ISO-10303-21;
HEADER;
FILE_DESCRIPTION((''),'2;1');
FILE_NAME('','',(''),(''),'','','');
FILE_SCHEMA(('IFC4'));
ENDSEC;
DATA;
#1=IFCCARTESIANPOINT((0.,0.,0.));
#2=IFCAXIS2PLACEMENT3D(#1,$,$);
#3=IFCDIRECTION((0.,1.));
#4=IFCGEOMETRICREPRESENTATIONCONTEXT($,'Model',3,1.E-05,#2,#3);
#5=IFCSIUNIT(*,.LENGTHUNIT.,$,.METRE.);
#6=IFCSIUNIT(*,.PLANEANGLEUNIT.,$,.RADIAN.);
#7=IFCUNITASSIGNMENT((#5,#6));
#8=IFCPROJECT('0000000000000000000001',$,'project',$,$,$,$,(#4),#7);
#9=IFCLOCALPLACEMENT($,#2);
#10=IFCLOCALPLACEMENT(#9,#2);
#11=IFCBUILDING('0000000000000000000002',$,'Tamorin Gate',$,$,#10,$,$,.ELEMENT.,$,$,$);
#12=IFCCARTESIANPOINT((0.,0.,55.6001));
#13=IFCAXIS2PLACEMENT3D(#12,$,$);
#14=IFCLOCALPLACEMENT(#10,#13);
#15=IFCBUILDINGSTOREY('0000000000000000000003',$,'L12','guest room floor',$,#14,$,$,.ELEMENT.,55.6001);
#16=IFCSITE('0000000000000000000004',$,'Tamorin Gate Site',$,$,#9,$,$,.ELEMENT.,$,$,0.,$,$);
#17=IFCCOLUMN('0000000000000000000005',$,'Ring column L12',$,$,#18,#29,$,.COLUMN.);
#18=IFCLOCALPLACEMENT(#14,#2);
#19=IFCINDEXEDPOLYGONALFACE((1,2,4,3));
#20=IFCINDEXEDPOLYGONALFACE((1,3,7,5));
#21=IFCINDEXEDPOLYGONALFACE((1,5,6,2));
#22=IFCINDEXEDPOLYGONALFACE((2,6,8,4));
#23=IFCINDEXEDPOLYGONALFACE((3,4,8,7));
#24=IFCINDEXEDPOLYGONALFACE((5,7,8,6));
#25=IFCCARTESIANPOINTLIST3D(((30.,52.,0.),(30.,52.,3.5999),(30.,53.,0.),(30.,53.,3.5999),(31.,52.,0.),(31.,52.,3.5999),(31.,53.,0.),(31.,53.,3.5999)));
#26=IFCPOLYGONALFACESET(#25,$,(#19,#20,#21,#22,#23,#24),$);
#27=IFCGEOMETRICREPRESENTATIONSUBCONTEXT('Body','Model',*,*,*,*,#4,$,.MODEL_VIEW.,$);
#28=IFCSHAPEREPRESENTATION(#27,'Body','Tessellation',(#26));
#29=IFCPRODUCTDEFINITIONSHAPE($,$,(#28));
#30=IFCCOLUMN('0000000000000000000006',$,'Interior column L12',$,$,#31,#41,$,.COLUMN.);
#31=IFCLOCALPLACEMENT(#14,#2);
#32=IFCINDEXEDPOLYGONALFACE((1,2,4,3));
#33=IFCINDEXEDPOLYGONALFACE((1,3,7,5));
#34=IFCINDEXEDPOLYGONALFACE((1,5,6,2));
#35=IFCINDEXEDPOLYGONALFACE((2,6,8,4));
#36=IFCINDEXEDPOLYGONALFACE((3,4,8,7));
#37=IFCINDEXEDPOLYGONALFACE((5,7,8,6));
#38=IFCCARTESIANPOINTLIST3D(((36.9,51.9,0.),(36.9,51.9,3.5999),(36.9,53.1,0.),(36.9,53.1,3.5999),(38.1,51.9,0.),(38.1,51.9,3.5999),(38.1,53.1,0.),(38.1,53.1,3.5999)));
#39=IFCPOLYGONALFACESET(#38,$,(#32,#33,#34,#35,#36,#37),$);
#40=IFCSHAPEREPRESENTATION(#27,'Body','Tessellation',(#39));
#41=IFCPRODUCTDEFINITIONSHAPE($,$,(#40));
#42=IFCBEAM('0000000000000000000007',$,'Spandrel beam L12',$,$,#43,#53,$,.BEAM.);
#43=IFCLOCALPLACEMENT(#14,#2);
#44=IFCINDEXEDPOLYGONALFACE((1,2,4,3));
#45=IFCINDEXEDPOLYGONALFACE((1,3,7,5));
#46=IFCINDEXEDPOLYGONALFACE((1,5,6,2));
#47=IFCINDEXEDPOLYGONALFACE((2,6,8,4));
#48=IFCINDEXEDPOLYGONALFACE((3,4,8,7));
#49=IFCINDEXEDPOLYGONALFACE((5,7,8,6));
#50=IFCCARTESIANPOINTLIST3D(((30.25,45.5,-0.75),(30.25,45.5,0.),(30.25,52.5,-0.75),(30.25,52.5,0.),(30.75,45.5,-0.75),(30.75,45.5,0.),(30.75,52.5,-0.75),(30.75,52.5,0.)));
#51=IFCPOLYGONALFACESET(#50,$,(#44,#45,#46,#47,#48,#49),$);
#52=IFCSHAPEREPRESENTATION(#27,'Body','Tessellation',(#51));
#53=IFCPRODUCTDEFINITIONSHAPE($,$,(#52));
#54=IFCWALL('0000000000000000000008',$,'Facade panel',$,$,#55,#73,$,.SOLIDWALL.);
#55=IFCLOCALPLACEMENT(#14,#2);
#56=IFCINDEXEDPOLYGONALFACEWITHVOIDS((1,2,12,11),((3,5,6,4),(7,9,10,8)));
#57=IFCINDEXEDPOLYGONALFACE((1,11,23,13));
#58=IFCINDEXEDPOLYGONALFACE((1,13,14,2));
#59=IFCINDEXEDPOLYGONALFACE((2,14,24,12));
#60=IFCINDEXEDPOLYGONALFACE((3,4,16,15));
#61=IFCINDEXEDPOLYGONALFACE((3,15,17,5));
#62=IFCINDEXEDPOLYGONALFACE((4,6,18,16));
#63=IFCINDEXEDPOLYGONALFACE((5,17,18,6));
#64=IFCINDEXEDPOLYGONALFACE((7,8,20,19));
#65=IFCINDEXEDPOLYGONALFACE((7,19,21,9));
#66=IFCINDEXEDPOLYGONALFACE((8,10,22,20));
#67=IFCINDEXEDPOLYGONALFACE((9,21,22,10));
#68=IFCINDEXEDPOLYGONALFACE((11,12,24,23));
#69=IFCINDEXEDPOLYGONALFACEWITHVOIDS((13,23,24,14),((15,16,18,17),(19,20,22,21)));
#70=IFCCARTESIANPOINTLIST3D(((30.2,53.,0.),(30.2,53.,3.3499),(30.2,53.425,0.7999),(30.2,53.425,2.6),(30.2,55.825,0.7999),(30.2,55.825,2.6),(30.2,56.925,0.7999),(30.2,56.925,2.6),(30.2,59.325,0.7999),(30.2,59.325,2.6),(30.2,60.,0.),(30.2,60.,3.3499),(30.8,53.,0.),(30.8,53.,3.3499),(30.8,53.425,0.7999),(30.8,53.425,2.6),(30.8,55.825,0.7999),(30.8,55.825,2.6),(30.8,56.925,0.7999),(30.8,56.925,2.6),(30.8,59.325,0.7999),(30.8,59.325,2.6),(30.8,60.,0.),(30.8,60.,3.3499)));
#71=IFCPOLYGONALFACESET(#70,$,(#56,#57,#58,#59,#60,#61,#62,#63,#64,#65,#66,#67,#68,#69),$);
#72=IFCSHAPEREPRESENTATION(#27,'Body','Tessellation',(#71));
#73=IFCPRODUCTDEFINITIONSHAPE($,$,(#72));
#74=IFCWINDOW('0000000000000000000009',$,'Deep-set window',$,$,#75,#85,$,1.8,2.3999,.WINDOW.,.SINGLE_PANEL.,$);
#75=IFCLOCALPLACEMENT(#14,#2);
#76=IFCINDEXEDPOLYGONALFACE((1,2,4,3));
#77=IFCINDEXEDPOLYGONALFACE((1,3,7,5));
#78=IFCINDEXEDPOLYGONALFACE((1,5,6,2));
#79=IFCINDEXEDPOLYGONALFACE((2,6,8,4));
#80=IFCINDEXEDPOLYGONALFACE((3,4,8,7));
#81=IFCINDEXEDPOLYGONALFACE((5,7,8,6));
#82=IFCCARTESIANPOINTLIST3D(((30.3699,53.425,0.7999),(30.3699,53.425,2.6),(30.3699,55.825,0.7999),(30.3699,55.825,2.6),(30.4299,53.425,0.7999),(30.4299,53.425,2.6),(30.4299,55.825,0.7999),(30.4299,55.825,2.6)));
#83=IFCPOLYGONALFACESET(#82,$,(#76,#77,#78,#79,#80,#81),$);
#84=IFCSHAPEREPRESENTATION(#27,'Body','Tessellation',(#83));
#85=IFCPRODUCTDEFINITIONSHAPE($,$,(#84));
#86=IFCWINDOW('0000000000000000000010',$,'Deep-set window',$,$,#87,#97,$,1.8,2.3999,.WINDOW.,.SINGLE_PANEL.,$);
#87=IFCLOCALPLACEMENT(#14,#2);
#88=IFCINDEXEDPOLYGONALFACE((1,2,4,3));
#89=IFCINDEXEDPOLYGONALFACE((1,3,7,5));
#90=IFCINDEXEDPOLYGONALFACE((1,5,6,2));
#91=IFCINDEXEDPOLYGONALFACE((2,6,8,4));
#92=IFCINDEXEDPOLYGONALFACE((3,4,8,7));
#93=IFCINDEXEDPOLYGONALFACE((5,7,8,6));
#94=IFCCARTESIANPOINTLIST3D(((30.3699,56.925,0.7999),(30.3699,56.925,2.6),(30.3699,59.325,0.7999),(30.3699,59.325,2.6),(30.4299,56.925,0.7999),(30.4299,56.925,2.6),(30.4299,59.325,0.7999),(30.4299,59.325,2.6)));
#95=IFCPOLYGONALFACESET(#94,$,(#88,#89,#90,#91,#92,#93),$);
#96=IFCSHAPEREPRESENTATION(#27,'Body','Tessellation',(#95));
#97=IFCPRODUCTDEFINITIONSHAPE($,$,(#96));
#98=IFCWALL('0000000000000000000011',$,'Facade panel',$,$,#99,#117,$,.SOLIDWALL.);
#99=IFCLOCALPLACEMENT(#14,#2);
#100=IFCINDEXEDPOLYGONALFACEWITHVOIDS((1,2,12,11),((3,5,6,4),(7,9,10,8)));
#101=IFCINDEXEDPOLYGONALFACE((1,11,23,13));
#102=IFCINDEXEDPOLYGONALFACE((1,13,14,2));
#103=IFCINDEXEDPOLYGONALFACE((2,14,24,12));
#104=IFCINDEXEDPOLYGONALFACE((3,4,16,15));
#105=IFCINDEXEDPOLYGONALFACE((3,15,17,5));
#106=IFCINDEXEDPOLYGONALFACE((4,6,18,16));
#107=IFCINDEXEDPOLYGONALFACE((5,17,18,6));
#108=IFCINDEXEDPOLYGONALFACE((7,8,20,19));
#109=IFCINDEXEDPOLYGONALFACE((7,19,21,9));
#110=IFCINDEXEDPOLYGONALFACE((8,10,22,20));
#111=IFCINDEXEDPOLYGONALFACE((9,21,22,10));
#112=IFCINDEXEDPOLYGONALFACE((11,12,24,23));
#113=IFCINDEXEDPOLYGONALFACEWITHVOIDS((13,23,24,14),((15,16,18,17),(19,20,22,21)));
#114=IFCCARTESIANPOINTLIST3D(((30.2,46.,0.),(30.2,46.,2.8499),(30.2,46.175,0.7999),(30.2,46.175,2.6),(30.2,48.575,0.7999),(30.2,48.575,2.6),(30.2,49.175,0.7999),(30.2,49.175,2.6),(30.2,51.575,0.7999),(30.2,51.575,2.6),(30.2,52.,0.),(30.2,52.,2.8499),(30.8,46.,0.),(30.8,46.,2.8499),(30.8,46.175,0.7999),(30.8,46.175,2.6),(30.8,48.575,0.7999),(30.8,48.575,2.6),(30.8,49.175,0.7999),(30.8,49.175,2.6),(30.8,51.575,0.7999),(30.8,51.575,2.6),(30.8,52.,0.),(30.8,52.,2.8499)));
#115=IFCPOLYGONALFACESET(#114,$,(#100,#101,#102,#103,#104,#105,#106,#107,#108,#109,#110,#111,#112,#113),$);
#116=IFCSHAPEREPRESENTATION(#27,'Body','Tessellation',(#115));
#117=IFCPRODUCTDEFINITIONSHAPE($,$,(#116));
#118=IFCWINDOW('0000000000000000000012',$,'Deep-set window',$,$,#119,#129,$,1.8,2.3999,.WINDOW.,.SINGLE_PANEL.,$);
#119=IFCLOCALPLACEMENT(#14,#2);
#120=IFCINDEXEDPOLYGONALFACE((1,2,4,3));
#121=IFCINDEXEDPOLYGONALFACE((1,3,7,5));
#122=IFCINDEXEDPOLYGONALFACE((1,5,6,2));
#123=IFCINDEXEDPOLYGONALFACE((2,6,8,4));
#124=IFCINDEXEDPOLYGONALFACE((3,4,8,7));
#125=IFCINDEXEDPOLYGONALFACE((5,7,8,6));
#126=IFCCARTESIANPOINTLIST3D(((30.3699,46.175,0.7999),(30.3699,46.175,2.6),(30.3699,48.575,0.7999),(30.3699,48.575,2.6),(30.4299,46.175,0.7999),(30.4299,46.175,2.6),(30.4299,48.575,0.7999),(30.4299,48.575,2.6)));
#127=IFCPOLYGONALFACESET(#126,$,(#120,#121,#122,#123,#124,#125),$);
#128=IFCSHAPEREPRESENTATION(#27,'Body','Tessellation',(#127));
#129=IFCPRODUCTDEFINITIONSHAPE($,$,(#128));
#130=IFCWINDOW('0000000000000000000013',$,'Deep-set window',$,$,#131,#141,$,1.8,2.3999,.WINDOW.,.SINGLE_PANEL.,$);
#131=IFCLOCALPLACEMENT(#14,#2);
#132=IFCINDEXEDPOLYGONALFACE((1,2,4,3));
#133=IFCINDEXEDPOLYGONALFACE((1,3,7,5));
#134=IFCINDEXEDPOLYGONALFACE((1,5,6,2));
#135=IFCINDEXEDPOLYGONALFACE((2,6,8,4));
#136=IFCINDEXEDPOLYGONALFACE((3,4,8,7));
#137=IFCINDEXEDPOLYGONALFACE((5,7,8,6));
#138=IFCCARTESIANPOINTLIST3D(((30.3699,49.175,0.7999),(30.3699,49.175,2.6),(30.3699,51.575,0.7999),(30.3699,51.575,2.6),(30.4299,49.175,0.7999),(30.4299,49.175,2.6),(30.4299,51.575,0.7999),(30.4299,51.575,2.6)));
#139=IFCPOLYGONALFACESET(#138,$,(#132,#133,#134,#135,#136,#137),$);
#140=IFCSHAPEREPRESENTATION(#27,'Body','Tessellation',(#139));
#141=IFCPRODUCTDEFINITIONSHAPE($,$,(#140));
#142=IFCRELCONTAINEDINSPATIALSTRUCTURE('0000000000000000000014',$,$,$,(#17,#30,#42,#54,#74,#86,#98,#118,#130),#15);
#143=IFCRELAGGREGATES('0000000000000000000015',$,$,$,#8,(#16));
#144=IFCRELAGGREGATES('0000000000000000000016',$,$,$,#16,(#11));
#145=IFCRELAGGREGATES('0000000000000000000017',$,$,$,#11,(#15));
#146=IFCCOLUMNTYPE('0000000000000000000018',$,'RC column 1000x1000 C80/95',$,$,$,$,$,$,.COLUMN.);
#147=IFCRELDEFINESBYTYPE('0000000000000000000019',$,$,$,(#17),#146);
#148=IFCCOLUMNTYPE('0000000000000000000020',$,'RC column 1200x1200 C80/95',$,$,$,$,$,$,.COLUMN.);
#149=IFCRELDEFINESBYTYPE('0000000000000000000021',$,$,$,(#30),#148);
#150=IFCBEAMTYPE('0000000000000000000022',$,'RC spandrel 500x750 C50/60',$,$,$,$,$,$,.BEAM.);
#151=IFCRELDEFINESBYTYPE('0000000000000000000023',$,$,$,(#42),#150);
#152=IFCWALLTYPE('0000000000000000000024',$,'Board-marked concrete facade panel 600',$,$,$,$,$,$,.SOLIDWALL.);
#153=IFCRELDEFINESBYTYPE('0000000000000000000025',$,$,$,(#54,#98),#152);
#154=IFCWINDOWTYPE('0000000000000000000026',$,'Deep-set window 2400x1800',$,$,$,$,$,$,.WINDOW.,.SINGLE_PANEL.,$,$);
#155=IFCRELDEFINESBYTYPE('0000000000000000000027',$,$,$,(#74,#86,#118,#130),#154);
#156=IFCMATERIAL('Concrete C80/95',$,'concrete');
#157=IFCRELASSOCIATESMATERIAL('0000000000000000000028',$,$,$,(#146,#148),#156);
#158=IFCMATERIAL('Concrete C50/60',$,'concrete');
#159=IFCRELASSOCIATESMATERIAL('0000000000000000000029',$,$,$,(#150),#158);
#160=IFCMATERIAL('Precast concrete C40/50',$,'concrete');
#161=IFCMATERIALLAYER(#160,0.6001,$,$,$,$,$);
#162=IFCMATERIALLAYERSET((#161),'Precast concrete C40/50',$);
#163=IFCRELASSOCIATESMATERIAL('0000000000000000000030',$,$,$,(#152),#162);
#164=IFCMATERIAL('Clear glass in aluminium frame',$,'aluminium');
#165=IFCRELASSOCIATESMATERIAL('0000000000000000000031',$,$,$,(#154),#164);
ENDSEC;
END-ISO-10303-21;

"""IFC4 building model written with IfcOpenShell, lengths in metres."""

from ifc_helpers import new_model, si_unit, direction, frame, frame_2d, origin, origin_2d, place, context, subcontext, project, spatial, rectangle, extrude, material, layer, layer_set, material_profile, profile_set, type_object, element, fill, save


model = new_model("IFC4")

# Units and contexts
model_context = context("Model", 3, precision=1e-05, world=origin(), true_north=direction((0.0, 1.0)))
body_context = subcontext(model_context, "Body", "Model", "MODEL_VIEW")
ifc_project = project(units=[si_unit("LENGTHUNIT", "METRE"), si_unit("PLANEANGLEUNIT", "RADIAN")], contexts=[model_context])

# Site, building, storey
site_placement = place(None, origin())
site = spatial("IfcSite", under=ifc_project, at=site_placement, Name="Tamorin Gate Site", CompositionType="ELEMENT", RefElevation=0.0)
building_placement = place(site_placement, origin())
building = spatial("IfcBuilding", under=site, at=building_placement, Name="Tamorin Gate", CompositionType="ELEMENT")
storey_placement = place(building_placement, frame((0.0, 0.0, 55.6001)))
storey = spatial("IfcBuildingStorey", under=building, at=storey_placement, Name="L12", Description="guest room floor", CompositionType="ELEMENT", Elevation=55.6001)

# Columns
ifc_material_1 = material(Name="Concrete C80/95", Category="concrete")
ifc_material_profile_1 = material_profile(ifc_material_1, rectangle(XDim=1.0, YDim=1.0, at=origin_2d()), Name="RC 1000x1000")
ifc_profile_set_1 = profile_set([ifc_material_profile_1], Name="Concrete C80/95")
column_type_1 = type_object("IfcColumnType", Name="RC column 1000x1000 C80/95", PredefinedType="COLUMN", material=ifc_profile_set_1)
column_1_placement = place(storey_placement, frame((30.5, 52.5, 0.0), z_axis=(0.0, 0.0, 1.0), x_axis=(1.0, 0.0, 0.0)))
element("IfcColumn", 1, at=column_1_placement, inside=storey, type_object=column_type_1, Name="Ring column L12", PredefinedType="COLUMN", context=body_context, shape_type="SweptSolid", body=[
    extrude(rectangle(XDim=1.0, YDim=1.0, at=origin_2d()), origin(), (0.0, 0.0, 1.0), 3.5999),
])
ifc_material_profile_2 = material_profile(ifc_material_1, rectangle(XDim=1.2, YDim=1.2, at=origin_2d()), Name="RC 1200x1200")
ifc_profile_set_2 = profile_set([ifc_material_profile_2], Name="Concrete C80/95")
column_type_2 = type_object("IfcColumnType", Name="RC column 1200x1200 C80/95", PredefinedType="COLUMN", material=ifc_profile_set_2)
column_2_placement = place(storey_placement, frame((37.5, 52.5, 0.0), z_axis=(0.0, 0.0, 1.0), x_axis=(1.0, 0.0, 0.0)))
element("IfcColumn", 2, at=column_2_placement, inside=storey, type_object=column_type_2, Name="Interior column L12", PredefinedType="COLUMN", context=body_context, shape_type="SweptSolid", body=[
    extrude(rectangle(XDim=1.2, YDim=1.2, at=origin_2d()), origin(), (0.0, 0.0, 1.0), 3.5999),
])

# Beam
ifc_material_2 = material(Name="Concrete C50/60", Category="concrete")
ifc_material_profile_3 = material_profile(ifc_material_2, rectangle(XDim=0.5, YDim=0.75, at=origin_2d()), Name="RC 500x750")
ifc_profile_set_3 = profile_set([ifc_material_profile_3], Name="Concrete C50/60")
beam_type = type_object("IfcBeamType", Name="RC spandrel 500x750 C50/60", PredefinedType="BEAM", material=ifc_profile_set_3)
beam_placement = place(storey_placement, frame((30.5, 52.5, -0.375), z_axis=(0.0, -1.0, 0.0), x_axis=(1.0, 0.0, 0.0)))
element("IfcBeam", 3, at=beam_placement, inside=storey, type_object=beam_type, Name="Spandrel beam L12", PredefinedType="BEAM", context=body_context, shape_type="SweptSolid", body=[
    extrude(rectangle(XDim=0.5, YDim=0.75, at=origin_2d()), origin(), (0.0, 0.0, 1.0), 7.0),
])

# Walls, openings, windows
ifc_material_3 = material(Name="Precast concrete C40/50", Category="concrete")
ifc_layer_1 = layer(ifc_material_3, 0.6001)
ifc_layer_set_1 = layer_set([ifc_layer_1], Name="Precast concrete C40/50")
wall_type_1 = type_object("IfcWallType", Name="Board-marked concrete facade panel 600", PredefinedType="SOLIDWALL", material=ifc_layer_set_1)
wall_1_placement = place(storey_placement, frame((30.5, 60.0, 0.0), z_axis=(0.0, 0.0, 1.0), x_axis=(0.0, -1.0, 0.0)))
wall_1 = element("IfcWall", 4, at=wall_1_placement, inside=storey, type_object=wall_type_1, Name="Facade panel", PredefinedType="SOLIDWALL", context=body_context, shape_type="SweptSolid", body=[
    extrude(rectangle(XDim=7.0, YDim=0.6001, at=frame_2d((3.5, 0.0))), origin(), (0.0, 0.0, 1.0), 3.3499),
])
opening_1_placement = place(wall_1_placement, frame((4.175, 0.0, 0.8)))
opening_1 = element("IfcOpeningElement", 5, at=opening_1_placement, cuts=wall_1, PredefinedType="OPENING", context=body_context, shape_type="SweptSolid", body=[
    extrude(rectangle(XDim=2.3999, YDim=1.8, at=frame_2d((1.2, 0.8999))), frame((0.0, 0.3101, 0.0), z_axis=(0.0, -1.0, 0.0), x_axis=(1.0, 0.0, 0.0)), (0.0, 0.0, 1.0), 0.6201),
])
opening_2_placement = place(wall_1_placement, frame((0.675, 0.0, 0.8)))
opening_2 = element("IfcOpeningElement", 6, at=opening_2_placement, cuts=wall_1, PredefinedType="OPENING", context=body_context, shape_type="SweptSolid", body=[
    extrude(rectangle(XDim=2.3999, YDim=1.8, at=frame_2d((1.2, 0.8999))), frame((0.0, 0.3101, 0.0), z_axis=(0.0, -1.0, 0.0), x_axis=(1.0, 0.0, 0.0)), (0.0, 0.0, 1.0), 0.6201),
])
ifc_material_4 = material(Name="Clear glass in aluminium frame", Category="aluminium")
window_type = type_object("IfcWindowType", Name="Deep-set window 2400x1800", PartitioningType="SINGLE_PANEL", PredefinedType="WINDOW", material=ifc_material_4)
window_1_placement = place(opening_1_placement, origin())
window_1 = element("IfcWindow", 7, at=window_1_placement, inside=storey, type_object=window_type, Name="Deep-set window", OverallHeight=1.8, OverallWidth=2.3999, PartitioningType="SINGLE_PANEL", PredefinedType="WINDOW", context=body_context, shape_type="SweptSolid", body=[
    extrude(rectangle(XDim=2.3999, YDim=1.8, at=frame_2d((1.2, 0.8999))), frame((0.0, -0.0701, 0.0), z_axis=(0.0, -1.0, 0.0), x_axis=(1.0, 0.0, 0.0)), (0.0, 0.0, 1.0), 0.0601),
])
fill(opening_1, window_1)
window_2_placement = place(opening_2_placement, origin())
window_2 = element("IfcWindow", 8, at=window_2_placement, inside=storey, type_object=window_type, Name="Deep-set window", OverallHeight=1.8, OverallWidth=2.3999, PartitioningType="SINGLE_PANEL", PredefinedType="WINDOW", context=body_context, shape_type="SweptSolid", body=[
    extrude(rectangle(XDim=2.3999, YDim=1.8, at=frame_2d((1.2, 0.8999))), frame((0.0, -0.0701, 0.0), z_axis=(0.0, -1.0, 0.0), x_axis=(1.0, 0.0, 0.0)), (0.0, 0.0, 1.0), 0.0601),
])
fill(opening_2, window_2)
wall_2_placement = place(storey_placement, frame((30.5, 52.0, 0.0), z_axis=(0.0, 0.0, 1.0), x_axis=(0.0, -1.0, 0.0)))
wall_2 = element("IfcWall", 9, at=wall_2_placement, inside=storey, type_object=wall_type_1, Name="Facade panel", PredefinedType="SOLIDWALL", context=body_context, shape_type="SweptSolid", body=[
    extrude(rectangle(XDim=6.0, YDim=0.6001, at=frame_2d((3.0, 0.0))), origin(), (0.0, 0.0, 1.0), 2.8499),
])
opening_3_placement = place(wall_2_placement, frame((3.425, 0.0, 0.8)))
opening_3 = element("IfcOpeningElement", 10, at=opening_3_placement, cuts=wall_2, PredefinedType="OPENING", context=body_context, shape_type="SweptSolid", body=[
    extrude(rectangle(XDim=2.3999, YDim=1.8, at=frame_2d((1.2, 0.8999))), frame((0.0, 0.3101, 0.0), z_axis=(0.0, -1.0, 0.0), x_axis=(1.0, 0.0, 0.0)), (0.0, 0.0, 1.0), 0.6201),
])
opening_4_placement = place(wall_2_placement, frame((0.425, 0.0, 0.8)))
opening_4 = element("IfcOpeningElement", 11, at=opening_4_placement, cuts=wall_2, PredefinedType="OPENING", context=body_context, shape_type="SweptSolid", body=[
    extrude(rectangle(XDim=2.3999, YDim=1.8, at=frame_2d((1.2, 0.8999))), frame((0.0, 0.3101, 0.0), z_axis=(0.0, -1.0, 0.0), x_axis=(1.0, 0.0, 0.0)), (0.0, 0.0, 1.0), 0.6201),
])
window_3_placement = place(opening_3_placement, origin())
window_3 = element("IfcWindow", 12, at=window_3_placement, inside=storey, type_object=window_type, Name="Deep-set window", OverallHeight=1.8, OverallWidth=2.3999, PartitioningType="SINGLE_PANEL", PredefinedType="WINDOW", context=body_context, shape_type="SweptSolid", body=[
    extrude(rectangle(XDim=2.3999, YDim=1.8, at=frame_2d((1.2, 0.8999))), frame((0.0, -0.0701, 0.0), z_axis=(0.0, -1.0, 0.0), x_axis=(1.0, 0.0, 0.0)), (0.0, 0.0, 1.0), 0.0601),
])
fill(opening_3, window_3)
window_4_placement = place(opening_4_placement, origin())
window_4 = element("IfcWindow", 13, at=window_4_placement, inside=storey, type_object=window_type, Name="Deep-set window", OverallHeight=1.8, OverallWidth=2.3999, PartitioningType="SINGLE_PANEL", PredefinedType="WINDOW", context=body_context, shape_type="SweptSolid", body=[
    extrude(rectangle(XDim=2.3999, YDim=1.8, at=frame_2d((1.2, 0.8999))), frame((0.0, -0.0701, 0.0), z_axis=(0.0, -1.0, 0.0), x_axis=(1.0, 0.0, 0.0)), (0.0, 0.0, 1.0), 0.0601),
])
fill(opening_4, window_4)

save(model, "model.ifc")
